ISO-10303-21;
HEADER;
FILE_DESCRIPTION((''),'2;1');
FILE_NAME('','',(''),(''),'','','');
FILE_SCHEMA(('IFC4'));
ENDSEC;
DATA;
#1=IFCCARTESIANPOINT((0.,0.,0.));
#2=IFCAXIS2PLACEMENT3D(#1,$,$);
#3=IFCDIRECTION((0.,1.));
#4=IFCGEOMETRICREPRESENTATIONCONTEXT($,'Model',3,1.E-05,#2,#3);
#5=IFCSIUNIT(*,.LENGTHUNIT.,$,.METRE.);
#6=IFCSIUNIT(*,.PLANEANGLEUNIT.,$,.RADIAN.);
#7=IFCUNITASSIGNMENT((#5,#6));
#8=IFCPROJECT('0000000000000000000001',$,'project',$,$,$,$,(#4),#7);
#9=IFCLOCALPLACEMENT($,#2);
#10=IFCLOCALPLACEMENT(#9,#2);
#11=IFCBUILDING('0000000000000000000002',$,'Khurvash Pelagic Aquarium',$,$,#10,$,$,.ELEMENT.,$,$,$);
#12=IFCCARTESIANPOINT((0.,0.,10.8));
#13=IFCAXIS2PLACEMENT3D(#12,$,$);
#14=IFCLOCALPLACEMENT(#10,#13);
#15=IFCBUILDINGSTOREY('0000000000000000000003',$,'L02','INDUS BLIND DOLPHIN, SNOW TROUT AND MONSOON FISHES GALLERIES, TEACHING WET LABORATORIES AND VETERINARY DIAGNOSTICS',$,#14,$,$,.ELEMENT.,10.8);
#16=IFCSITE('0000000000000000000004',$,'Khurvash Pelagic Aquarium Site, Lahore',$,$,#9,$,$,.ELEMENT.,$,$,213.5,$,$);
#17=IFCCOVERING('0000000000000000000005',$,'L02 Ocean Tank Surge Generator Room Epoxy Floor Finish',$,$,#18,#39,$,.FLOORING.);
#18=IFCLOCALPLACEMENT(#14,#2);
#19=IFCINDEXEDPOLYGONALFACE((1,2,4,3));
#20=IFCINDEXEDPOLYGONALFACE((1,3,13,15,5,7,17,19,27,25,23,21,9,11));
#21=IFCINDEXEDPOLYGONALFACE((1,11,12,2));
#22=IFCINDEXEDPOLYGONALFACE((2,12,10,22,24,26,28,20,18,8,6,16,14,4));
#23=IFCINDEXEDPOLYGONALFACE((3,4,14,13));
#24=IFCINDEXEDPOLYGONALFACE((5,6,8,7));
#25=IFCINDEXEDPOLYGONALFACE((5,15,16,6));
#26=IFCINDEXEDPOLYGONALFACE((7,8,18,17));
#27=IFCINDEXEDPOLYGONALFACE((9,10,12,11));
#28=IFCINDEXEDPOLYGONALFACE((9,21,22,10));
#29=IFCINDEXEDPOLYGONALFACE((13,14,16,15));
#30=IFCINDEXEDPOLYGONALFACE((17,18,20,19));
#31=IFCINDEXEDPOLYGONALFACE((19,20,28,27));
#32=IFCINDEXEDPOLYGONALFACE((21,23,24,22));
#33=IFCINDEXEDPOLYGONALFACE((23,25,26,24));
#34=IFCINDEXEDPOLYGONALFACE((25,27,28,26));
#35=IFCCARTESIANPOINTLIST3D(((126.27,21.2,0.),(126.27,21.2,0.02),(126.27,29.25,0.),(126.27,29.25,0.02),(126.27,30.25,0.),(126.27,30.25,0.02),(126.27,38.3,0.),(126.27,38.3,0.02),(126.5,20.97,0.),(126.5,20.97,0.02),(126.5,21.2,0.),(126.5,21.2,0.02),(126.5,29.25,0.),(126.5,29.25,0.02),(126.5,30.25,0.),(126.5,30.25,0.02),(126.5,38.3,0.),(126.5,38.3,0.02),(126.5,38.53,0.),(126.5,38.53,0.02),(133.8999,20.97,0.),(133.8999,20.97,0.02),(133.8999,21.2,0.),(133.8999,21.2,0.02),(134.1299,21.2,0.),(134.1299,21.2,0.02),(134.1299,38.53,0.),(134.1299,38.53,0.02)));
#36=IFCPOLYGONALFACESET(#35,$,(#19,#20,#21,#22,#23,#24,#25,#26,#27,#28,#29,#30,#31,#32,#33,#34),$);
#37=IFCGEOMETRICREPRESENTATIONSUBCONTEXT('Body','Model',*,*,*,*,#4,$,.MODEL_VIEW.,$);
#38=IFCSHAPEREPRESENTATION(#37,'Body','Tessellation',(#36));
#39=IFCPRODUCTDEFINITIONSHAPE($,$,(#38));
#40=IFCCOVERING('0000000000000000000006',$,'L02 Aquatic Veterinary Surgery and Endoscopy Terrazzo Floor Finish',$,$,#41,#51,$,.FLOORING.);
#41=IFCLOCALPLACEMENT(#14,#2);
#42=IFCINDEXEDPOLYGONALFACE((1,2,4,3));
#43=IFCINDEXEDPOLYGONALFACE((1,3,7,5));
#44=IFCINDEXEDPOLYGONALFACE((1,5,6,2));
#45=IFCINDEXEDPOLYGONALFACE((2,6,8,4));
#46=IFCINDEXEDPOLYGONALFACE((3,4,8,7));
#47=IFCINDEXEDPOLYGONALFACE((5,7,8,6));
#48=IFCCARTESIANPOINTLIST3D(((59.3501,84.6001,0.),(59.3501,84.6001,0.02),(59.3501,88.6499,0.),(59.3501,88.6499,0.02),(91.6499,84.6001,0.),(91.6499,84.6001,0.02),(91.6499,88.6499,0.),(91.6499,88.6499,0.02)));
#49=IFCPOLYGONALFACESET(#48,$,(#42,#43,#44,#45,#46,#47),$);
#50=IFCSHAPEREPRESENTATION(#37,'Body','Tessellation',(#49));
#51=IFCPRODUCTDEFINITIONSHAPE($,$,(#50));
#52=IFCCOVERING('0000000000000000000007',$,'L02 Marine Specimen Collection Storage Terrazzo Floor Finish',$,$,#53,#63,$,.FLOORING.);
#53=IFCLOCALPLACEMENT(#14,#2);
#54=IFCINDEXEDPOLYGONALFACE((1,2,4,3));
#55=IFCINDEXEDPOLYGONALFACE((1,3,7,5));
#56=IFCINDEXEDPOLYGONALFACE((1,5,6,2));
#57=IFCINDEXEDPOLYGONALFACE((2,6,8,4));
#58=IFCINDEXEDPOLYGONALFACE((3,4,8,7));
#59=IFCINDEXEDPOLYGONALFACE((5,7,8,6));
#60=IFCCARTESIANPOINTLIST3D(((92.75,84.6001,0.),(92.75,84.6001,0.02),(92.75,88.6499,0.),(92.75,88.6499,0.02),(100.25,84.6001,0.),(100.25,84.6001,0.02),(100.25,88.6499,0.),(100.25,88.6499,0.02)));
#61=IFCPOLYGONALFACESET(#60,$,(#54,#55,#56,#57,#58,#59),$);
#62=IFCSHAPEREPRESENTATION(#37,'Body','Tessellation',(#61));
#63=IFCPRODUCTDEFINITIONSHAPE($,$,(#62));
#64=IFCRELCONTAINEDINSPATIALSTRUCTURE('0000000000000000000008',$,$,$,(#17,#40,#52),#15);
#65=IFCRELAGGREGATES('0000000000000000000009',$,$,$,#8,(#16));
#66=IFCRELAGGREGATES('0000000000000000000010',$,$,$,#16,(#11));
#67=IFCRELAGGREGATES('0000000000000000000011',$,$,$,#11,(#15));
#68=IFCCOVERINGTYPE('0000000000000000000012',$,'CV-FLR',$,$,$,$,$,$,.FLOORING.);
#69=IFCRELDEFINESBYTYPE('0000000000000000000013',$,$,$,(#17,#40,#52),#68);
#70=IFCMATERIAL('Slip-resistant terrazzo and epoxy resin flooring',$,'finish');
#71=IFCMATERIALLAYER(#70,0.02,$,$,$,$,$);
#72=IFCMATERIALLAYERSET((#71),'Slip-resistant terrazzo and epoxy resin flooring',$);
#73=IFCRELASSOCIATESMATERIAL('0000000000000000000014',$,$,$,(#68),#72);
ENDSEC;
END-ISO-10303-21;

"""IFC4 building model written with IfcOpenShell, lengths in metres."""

from ifc_helpers import new_model, si_unit, direction, frame, origin, place, context, subcontext, project, spatial, polyline, outline, extrude, material, layer, layer_set, type_object, element, save


model = new_model("IFC4")

# Units and contexts
model_context = context("Model", 3, precision=1e-05, world=origin(), true_north=direction((0.0, 1.0)))
body_context = subcontext(model_context, "Body", "Model", "MODEL_VIEW")
ifc_project = project(units=[si_unit("LENGTHUNIT", "METRE"), si_unit("PLANEANGLEUNIT", "RADIAN")], contexts=[model_context])

# Site, building, storey
site_placement = place(None, origin())
site = spatial("IfcSite", under=ifc_project, at=site_placement, Name="Khurvash Pelagic Aquarium Site, Lahore", CompositionType="ELEMENT", RefElevation=213.5)
building_placement = place(site_placement, origin())
building = spatial("IfcBuilding", under=site, at=building_placement, Name="Khurvash Pelagic Aquarium", CompositionType="ELEMENT")
storey_placement = place(building_placement, frame((0.0, 0.0, 10.8)))
storey = spatial("IfcBuildingStorey", under=building, at=storey_placement, Name="L02", Description="INDUS BLIND DOLPHIN, SNOW TROUT AND MONSOON FISHES GALLERIES, TEACHING WET LABORATORIES AND VETERINARY DIAGNOSTICS", CompositionType="ELEMENT", Elevation=10.8)

# Coverings
ifc_material_1 = material(Name="Slip-resistant terrazzo and epoxy resin flooring", Category="finish")
ifc_layer_1 = layer(ifc_material_1, 0.02)
ifc_layer_set_1 = layer_set([ifc_layer_1], Name="Slip-resistant terrazzo and epoxy resin flooring")
covering_type_1 = type_object("IfcCoveringType", Name="CV-FLR", PredefinedType="FLOORING", material=ifc_layer_set_1)
covering_1_placement = place(storey_placement, origin())
element("IfcCovering", 1, at=covering_1_placement, inside=storey, type_object=covering_type_1, Name="L02 Ocean Tank Surge Generator Room Epoxy Floor Finish", PredefinedType="FLOORING", context=body_context, shape_type="SweptSolid", body=[
    extrude(outline(polyline([(133.8999, 20.97), (133.8999, 21.2), (134.1299, 21.2), (134.1299, 38.53), (126.5, 38.53), (126.5, 38.3), (126.27, 38.3), (126.27, 30.25), (126.5, 30.25), (126.5, 29.25), (126.27, 29.25), (126.27, 21.2), (126.5, 21.2), (126.5, 20.97), (133.8999, 20.97)])), origin(), (0.0, 0.0, 1.0), 0.02),
])
covering_2_placement = place(storey_placement, origin())
element("IfcCovering", 2, at=covering_2_placement, inside=storey, type_object=covering_type_1, Name="L02 Aquatic Veterinary Surgery and Endoscopy Terrazzo Floor Finish", PredefinedType="FLOORING", context=body_context, shape_type="SweptSolid", body=[
    extrude(outline(polyline([(91.6499, 84.6001), (91.6499, 88.6499), (59.3501, 88.6499), (59.3501, 84.6001), (91.6499, 84.6001)])), origin(), (0.0, 0.0, 1.0), 0.02),
])
covering_3_placement = place(storey_placement, origin())
element("IfcCovering", 3, at=covering_3_placement, inside=storey, type_object=covering_type_1, Name="L02 Marine Specimen Collection Storage Terrazzo Floor Finish", PredefinedType="FLOORING", context=body_context, shape_type="SweptSolid", body=[
    extrude(outline(polyline([(100.25, 84.6001), (100.25, 88.6499), (92.75, 88.6499), (92.75, 84.6001), (100.25, 84.6001)])), origin(), (0.0, 0.0, 1.0), 0.02),
])

save(model, "model.ifc")
